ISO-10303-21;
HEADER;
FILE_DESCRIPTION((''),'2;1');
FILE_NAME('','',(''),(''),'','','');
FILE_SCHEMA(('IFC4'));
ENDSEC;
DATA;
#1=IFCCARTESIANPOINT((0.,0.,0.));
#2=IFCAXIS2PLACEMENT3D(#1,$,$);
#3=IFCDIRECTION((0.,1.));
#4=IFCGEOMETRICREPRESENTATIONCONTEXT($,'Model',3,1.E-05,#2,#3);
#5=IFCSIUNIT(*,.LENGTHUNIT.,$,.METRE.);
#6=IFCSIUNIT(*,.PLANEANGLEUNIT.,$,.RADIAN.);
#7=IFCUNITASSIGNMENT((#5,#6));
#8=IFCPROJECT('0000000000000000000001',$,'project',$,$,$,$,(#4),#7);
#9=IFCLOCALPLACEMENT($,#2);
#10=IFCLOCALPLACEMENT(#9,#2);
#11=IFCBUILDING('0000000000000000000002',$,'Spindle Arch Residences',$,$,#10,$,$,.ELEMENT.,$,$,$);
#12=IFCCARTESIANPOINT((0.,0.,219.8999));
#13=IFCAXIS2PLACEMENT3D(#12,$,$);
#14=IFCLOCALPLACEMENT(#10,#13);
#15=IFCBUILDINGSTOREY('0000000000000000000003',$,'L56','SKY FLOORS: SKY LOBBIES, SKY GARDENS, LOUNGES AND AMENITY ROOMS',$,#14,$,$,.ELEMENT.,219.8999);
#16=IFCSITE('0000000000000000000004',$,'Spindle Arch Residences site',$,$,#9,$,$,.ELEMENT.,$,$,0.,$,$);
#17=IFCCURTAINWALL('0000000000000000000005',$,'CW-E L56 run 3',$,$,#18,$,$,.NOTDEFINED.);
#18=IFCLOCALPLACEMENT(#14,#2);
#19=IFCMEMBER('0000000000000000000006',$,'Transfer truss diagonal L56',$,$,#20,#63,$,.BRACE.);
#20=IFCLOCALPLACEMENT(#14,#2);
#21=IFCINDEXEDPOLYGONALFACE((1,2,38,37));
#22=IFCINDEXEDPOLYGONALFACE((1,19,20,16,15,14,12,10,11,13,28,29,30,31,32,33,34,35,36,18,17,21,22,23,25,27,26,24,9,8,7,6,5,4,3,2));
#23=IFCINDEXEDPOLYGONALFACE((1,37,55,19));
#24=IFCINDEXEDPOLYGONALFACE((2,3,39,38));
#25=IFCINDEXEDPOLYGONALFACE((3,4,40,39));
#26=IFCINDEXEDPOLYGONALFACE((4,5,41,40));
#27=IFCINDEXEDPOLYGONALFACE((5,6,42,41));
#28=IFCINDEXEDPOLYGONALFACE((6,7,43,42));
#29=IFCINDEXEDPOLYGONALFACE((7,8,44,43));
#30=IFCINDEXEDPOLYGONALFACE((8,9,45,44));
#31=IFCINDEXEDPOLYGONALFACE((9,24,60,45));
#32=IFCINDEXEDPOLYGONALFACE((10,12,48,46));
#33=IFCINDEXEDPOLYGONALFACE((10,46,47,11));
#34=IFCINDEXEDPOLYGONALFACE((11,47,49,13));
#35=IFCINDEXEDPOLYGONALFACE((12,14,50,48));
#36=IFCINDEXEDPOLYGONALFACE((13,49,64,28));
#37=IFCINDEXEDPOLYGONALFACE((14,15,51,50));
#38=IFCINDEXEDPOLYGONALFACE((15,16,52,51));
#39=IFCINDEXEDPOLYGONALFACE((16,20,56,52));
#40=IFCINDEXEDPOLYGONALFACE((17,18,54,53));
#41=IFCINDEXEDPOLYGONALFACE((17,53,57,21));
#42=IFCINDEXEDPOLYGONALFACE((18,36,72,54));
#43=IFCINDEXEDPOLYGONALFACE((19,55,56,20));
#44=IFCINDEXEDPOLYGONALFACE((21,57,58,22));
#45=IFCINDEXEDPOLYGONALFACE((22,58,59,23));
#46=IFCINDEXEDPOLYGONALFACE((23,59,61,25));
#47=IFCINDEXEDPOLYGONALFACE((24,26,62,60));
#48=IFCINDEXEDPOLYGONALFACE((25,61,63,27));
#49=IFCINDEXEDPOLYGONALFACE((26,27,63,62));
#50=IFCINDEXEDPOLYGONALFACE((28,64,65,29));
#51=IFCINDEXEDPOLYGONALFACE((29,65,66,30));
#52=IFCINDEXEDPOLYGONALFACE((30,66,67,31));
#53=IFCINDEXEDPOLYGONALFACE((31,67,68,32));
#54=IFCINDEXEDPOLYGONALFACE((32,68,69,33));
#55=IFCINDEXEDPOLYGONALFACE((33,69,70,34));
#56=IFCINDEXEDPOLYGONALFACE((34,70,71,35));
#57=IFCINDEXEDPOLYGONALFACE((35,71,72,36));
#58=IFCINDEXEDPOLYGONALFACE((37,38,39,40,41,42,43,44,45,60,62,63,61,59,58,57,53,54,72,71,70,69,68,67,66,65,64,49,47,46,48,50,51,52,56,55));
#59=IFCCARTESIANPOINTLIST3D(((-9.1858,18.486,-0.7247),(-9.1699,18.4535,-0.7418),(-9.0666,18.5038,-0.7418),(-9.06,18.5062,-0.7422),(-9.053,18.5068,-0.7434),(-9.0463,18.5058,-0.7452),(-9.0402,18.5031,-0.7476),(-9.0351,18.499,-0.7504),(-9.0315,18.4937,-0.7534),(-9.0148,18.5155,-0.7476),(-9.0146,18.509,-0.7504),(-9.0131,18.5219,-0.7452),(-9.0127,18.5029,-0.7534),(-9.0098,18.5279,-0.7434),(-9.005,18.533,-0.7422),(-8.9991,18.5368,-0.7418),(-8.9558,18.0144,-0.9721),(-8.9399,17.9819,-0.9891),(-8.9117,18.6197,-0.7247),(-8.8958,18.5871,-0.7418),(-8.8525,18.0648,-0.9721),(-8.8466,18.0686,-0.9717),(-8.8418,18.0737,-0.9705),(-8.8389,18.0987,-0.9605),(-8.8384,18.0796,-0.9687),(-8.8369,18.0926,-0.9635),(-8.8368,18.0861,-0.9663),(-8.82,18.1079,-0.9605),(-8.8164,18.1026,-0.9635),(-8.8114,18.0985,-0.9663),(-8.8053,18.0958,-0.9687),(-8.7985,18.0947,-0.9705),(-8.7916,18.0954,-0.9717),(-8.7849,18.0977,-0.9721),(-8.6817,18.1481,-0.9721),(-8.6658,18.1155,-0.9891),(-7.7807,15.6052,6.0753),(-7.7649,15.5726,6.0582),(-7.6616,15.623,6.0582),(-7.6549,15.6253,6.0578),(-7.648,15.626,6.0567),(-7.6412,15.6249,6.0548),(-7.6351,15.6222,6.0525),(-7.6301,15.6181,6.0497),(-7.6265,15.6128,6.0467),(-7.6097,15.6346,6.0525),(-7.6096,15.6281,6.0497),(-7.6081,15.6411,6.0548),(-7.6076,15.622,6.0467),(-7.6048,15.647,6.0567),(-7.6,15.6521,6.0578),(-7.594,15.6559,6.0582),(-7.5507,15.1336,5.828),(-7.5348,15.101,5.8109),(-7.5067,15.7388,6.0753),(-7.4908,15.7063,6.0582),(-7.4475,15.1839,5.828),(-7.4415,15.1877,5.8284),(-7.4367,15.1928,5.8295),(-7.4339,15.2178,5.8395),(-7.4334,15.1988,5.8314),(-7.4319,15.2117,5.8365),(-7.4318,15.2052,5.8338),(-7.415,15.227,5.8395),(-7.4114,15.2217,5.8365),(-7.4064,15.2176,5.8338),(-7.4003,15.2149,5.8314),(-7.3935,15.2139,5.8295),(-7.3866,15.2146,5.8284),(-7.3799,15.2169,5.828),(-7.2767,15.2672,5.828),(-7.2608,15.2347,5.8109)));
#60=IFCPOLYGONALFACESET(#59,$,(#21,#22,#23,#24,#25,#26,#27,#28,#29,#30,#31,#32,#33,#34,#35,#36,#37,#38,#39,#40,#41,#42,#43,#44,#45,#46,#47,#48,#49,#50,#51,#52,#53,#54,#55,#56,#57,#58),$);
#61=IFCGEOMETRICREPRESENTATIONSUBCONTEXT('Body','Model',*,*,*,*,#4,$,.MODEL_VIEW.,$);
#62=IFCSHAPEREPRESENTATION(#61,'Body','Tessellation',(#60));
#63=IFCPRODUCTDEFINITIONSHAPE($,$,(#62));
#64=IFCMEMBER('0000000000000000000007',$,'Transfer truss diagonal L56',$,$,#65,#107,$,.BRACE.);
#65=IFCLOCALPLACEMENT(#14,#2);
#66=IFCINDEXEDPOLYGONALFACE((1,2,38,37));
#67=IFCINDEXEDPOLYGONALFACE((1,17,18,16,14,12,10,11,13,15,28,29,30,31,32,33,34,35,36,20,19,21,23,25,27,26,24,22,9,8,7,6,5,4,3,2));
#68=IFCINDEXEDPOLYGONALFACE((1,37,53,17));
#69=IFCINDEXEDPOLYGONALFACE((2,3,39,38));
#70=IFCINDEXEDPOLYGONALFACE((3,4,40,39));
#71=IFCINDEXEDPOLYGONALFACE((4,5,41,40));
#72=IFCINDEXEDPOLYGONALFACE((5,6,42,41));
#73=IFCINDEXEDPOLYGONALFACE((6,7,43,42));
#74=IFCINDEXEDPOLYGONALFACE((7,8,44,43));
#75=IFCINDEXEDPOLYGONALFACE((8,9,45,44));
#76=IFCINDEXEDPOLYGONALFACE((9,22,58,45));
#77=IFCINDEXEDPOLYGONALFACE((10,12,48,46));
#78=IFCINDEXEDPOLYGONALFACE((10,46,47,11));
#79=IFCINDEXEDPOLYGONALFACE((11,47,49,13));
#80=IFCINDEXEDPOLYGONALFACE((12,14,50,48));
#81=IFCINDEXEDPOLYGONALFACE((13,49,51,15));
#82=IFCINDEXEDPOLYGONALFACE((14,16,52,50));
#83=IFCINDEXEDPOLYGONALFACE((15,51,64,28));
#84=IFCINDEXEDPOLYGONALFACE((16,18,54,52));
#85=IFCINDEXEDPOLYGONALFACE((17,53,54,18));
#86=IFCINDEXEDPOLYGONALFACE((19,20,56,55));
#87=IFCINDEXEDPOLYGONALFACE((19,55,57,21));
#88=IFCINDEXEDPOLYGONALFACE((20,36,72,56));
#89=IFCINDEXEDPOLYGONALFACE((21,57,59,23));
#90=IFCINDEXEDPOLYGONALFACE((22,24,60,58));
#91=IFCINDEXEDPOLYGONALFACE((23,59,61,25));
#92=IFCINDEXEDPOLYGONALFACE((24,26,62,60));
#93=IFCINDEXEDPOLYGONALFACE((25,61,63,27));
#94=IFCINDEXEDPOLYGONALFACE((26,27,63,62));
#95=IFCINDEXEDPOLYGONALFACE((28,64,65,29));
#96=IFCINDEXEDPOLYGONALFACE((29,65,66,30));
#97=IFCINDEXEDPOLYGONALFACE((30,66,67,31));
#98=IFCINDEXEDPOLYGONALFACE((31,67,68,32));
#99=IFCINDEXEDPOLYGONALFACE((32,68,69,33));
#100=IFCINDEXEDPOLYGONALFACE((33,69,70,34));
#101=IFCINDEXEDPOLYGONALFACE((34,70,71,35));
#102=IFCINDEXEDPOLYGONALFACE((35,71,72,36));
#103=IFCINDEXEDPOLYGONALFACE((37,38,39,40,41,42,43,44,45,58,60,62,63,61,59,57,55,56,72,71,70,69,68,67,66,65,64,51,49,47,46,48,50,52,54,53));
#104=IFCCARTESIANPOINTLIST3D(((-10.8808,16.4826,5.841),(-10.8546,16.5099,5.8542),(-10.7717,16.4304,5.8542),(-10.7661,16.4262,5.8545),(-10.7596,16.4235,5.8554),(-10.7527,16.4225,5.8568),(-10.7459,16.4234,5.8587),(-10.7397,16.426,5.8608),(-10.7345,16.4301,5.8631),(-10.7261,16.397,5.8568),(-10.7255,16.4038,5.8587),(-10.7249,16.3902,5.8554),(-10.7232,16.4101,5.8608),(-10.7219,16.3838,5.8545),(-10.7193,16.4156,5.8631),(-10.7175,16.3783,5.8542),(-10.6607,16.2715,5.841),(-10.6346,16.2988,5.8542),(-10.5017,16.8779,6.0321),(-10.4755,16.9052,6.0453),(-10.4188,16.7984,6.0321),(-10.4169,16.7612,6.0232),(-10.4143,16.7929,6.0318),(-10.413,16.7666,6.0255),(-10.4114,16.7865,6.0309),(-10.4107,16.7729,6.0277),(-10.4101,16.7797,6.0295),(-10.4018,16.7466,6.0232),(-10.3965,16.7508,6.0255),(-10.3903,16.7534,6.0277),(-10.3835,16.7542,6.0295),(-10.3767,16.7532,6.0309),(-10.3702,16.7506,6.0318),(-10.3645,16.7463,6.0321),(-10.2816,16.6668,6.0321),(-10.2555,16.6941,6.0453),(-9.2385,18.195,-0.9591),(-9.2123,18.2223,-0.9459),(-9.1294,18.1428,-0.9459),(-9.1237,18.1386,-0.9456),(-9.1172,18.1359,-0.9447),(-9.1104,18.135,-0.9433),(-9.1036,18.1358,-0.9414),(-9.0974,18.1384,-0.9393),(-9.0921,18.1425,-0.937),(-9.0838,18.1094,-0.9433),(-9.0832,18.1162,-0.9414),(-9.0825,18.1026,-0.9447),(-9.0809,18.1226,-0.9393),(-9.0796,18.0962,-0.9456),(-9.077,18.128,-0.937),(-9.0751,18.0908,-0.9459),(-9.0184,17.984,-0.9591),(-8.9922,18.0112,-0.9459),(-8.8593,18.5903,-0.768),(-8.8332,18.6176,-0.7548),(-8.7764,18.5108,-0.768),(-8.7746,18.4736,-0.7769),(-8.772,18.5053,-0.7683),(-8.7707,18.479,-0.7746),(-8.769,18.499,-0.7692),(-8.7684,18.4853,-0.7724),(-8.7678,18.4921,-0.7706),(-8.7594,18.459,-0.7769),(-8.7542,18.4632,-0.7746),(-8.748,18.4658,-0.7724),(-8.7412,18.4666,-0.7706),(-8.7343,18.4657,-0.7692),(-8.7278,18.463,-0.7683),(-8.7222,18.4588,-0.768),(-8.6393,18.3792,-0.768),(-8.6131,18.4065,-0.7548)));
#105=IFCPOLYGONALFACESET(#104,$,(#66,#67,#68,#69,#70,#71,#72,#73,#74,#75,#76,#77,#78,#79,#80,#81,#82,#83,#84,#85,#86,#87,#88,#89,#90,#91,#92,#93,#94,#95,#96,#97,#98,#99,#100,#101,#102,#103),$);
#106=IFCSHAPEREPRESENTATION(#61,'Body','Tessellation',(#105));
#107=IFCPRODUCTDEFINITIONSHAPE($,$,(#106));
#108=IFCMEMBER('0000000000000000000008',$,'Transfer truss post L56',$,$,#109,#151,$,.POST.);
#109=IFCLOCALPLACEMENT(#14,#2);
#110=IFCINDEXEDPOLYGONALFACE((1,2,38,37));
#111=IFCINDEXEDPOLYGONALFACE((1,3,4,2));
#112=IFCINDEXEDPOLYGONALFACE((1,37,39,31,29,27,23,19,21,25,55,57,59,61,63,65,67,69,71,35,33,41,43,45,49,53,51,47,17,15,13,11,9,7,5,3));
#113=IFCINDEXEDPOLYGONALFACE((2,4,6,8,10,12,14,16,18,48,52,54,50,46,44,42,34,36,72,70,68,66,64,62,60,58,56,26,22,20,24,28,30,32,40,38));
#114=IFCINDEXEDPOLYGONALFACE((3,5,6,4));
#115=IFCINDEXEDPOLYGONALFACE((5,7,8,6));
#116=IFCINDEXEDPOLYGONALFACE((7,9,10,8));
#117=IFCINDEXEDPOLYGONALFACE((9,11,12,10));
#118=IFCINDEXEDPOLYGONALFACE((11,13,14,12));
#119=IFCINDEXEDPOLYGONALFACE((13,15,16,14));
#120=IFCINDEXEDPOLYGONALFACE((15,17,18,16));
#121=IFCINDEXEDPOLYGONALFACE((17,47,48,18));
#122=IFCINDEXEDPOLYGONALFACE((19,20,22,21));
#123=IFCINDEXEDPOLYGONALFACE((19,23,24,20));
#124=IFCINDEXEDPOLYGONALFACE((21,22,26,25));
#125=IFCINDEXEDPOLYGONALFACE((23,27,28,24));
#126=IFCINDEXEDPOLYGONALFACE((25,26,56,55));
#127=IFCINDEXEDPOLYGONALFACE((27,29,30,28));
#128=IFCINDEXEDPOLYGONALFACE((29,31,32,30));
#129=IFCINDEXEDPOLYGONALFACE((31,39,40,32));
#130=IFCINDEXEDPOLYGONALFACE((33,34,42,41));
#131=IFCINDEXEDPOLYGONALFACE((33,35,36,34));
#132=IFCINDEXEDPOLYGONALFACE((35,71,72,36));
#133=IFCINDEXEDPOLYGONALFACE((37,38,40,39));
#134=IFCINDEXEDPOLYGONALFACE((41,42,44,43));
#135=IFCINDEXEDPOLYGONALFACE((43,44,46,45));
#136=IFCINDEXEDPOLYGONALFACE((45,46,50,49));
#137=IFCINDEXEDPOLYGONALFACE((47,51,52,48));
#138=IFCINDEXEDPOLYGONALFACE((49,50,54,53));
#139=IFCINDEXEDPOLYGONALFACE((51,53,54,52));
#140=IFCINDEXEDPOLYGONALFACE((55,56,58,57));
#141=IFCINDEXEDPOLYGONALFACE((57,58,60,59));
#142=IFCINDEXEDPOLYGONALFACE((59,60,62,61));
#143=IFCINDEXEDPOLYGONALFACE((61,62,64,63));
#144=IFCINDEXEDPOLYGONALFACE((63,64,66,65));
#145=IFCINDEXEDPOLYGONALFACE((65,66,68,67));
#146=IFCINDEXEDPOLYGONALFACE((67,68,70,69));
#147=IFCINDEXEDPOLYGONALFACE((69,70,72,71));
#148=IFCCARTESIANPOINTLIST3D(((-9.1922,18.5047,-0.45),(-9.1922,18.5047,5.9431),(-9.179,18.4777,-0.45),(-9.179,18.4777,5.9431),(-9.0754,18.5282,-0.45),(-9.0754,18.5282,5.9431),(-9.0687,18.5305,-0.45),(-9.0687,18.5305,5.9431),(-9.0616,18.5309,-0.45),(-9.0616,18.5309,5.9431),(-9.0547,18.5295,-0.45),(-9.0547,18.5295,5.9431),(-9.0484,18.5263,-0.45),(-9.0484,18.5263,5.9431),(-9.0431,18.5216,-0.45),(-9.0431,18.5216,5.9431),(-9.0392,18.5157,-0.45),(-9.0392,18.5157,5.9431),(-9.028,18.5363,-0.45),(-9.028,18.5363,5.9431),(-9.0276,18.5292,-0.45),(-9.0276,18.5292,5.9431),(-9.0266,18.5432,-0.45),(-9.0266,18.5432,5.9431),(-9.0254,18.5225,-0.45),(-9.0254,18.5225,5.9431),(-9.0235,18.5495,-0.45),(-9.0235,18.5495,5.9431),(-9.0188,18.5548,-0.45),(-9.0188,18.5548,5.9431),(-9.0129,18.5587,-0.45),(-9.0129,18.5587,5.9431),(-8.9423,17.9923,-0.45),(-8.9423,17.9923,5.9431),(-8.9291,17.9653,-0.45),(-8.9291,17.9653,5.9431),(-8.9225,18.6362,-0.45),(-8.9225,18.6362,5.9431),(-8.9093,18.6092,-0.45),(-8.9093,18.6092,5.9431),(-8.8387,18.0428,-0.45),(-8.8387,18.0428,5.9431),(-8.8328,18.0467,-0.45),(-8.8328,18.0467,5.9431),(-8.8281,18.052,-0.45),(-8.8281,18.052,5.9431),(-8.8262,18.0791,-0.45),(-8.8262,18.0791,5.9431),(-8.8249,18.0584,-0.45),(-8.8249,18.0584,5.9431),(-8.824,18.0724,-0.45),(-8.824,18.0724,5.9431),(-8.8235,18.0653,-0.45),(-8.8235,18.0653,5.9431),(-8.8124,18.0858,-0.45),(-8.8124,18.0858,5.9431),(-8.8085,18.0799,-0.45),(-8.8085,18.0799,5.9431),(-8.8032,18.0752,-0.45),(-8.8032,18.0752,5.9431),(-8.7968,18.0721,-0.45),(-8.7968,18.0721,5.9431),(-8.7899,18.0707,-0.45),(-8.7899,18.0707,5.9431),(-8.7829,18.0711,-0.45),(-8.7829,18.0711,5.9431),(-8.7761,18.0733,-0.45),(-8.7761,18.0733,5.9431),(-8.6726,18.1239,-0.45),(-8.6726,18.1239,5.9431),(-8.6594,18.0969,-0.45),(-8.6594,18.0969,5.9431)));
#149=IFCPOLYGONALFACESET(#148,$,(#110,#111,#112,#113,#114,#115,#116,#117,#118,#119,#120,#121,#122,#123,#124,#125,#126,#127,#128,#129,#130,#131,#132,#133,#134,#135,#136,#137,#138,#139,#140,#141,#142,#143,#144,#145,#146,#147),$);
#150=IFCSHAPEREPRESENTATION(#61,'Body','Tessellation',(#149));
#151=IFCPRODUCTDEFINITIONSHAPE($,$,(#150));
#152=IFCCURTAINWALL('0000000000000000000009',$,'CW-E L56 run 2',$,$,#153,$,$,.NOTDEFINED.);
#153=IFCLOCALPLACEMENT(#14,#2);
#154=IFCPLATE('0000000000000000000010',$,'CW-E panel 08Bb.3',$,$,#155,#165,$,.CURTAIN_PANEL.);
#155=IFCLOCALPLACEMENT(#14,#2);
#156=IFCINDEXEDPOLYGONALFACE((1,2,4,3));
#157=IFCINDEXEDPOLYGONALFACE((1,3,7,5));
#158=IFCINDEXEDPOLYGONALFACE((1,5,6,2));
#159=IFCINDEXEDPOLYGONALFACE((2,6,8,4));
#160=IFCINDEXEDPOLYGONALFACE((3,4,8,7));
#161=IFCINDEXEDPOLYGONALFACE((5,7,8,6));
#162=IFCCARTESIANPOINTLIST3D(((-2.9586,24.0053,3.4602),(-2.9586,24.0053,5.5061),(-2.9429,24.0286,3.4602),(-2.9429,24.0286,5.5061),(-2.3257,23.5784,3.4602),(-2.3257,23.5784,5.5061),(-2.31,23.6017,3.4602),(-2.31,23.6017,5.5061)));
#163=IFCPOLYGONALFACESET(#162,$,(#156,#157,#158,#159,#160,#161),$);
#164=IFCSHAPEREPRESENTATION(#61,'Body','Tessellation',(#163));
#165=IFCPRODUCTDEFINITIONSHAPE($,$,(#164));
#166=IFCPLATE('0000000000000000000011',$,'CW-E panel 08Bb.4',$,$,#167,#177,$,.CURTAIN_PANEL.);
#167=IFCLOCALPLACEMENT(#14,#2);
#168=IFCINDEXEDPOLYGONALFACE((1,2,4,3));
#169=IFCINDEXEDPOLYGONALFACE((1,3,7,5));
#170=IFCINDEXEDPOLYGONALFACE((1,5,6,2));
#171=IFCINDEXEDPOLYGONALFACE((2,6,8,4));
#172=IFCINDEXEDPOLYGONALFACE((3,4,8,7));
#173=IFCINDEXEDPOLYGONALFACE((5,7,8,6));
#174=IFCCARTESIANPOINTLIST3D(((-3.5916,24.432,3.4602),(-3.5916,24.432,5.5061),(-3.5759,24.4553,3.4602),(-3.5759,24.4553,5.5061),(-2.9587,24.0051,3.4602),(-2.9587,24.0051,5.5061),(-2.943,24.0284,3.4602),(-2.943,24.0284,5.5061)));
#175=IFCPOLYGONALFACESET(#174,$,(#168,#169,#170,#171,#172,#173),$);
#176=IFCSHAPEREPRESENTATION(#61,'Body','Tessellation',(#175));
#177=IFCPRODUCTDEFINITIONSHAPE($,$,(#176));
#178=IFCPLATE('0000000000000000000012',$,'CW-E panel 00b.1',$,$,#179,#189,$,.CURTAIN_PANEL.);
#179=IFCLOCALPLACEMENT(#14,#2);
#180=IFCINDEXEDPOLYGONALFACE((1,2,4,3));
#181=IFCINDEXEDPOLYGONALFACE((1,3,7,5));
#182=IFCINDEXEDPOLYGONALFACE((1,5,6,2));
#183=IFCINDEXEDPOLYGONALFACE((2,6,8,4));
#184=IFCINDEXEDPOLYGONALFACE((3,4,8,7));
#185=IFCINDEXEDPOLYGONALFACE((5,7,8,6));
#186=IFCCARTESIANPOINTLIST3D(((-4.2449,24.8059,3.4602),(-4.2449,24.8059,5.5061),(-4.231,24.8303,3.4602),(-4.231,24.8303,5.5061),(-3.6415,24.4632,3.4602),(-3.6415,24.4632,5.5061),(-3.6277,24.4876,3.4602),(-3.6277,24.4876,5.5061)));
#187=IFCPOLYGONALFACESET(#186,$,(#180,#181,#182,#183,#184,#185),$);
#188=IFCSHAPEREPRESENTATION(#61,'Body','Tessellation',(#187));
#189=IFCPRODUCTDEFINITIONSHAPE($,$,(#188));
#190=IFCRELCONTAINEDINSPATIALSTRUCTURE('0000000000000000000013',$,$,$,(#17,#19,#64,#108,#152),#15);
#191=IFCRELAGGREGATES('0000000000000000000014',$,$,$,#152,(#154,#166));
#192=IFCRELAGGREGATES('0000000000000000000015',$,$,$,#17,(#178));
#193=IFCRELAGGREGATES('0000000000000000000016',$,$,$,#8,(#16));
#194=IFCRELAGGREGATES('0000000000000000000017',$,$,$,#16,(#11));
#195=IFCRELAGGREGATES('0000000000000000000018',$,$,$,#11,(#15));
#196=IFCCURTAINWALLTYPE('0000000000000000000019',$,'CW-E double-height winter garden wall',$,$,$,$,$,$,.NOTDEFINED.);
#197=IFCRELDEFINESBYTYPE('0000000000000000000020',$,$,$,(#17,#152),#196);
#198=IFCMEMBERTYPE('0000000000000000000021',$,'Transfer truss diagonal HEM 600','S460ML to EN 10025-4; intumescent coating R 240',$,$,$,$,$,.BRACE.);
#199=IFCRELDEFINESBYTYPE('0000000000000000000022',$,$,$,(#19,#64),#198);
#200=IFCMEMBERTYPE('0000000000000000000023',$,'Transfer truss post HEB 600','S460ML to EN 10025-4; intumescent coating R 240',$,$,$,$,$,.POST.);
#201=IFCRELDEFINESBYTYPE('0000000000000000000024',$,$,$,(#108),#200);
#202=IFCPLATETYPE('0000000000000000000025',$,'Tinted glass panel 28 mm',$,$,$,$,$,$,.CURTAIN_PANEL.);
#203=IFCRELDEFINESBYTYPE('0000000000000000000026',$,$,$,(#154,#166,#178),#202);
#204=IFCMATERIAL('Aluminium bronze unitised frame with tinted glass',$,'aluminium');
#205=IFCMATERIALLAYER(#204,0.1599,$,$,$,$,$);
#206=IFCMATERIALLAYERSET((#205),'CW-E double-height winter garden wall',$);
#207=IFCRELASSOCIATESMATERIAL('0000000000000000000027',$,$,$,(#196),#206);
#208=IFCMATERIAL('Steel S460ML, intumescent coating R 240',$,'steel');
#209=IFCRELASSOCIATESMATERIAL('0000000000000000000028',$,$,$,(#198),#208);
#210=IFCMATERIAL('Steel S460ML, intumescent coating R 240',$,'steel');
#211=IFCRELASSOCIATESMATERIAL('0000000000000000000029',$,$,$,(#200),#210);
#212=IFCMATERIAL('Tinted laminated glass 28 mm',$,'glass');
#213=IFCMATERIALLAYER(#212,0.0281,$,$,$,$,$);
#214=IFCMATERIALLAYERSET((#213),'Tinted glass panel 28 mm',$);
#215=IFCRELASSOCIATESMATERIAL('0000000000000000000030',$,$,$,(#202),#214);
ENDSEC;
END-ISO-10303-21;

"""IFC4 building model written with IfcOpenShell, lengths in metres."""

from ifc_helpers import new_model, si_unit, direction, frame, origin, origin_2d, place, context, subcontext, project, spatial, rectangle, i_section, extrude, material, layer, layer_set, material_profile, profile_set, type_object, element, aggregate, save


model = new_model("IFC4")

# Units and contexts
model_context = context("Model", 3, precision=1e-05, world=origin(), true_north=direction((0.0, 1.0)))
body_context = subcontext(model_context, "Body", "Model", "MODEL_VIEW")
ifc_project = project(units=[si_unit("LENGTHUNIT", "METRE"), si_unit("PLANEANGLEUNIT", "RADIAN")], contexts=[model_context])

# Site, building, storey
site_placement = place(None, origin())
site = spatial("IfcSite", under=ifc_project, at=site_placement, Name="Spindle Arch Residences site", CompositionType="ELEMENT", RefElevation=0.0)
building_placement = place(site_placement, origin())
building = spatial("IfcBuilding", under=site, at=building_placement, Name="Spindle Arch Residences", CompositionType="ELEMENT")
storey_placement = place(building_placement, frame((0.0, 0.0, 219.8999)))
storey = spatial("IfcBuildingStorey", under=building, at=storey_placement, Name="L56", Description="SKY FLOORS: SKY LOBBIES, SKY GARDENS, LOUNGES AND AMENITY ROOMS", CompositionType="ELEMENT", Elevation=219.8999)

# Curtain wall
ifc_material_1 = material(Name="Aluminium bronze unitised frame with tinted glass", Category="aluminium")
ifc_layer_1 = layer(ifc_material_1, 0.1599)
ifc_layer_set_1 = layer_set([ifc_layer_1], Name="CW-E double-height winter garden wall")
curtain_wall_type = type_object("IfcCurtainWallType", Name="CW-E double-height winter garden wall", PredefinedType="NOTDEFINED", material=ifc_layer_set_1)
curtain_wall_1_placement = place(storey_placement, origin())
curtain_wall_1 = element("IfcCurtainWall", 1, at=curtain_wall_1_placement, inside=storey, type_object=curtain_wall_type, Name="CW-E L56 run 3", PredefinedType="NOTDEFINED")

# Members
ifc_material_2 = material(Name="Steel S460ML, intumescent coating R 240", Category="steel")
ifc_material_profile_1 = material_profile(ifc_material_2, i_section(OverallWidth=0.3049, OverallDepth=0.6201, WebThickness=0.021, FlangeThickness=0.04, FilletRadius=0.0271, at=origin_2d()), Name="HEM 600")
ifc_profile_set_1 = profile_set([ifc_material_profile_1], Name="Steel S460ML, intumescent coating R 240")
member_type_1 = type_object("IfcMemberType", Name="Transfer truss diagonal HEM 600", Description="S460ML to EN 10025-4; intumescent coating R 240", PredefinedType="BRACE", material=ifc_profile_set_1)
member_1_placement = place(storey_placement, frame((-8.9258, 18.3008, -0.8569), z_axis=(0.186899, -0.383216, 0.904552), x_axis=(0.898801, 0.438356, 0.0)))
element("IfcMember", 2, at=member_1_placement, inside=storey, type_object=member_type_1, Name="Transfer truss diagonal L56", PredefinedType="BRACE", context=body_context, shape_type="SweptSolid", body=[
    extrude(i_section(OverallWidth=0.3049, OverallDepth=0.6201, WebThickness=0.021, FlangeThickness=0.04, FilletRadius=0.0271, at=origin_2d()), origin(), (0.0, 0.0, 1.0), 7.5176),
])
member_2_placement = place(storey_placement, frame((-8.9258, 18.3008, -0.8569), z_axis=(-0.228035, -0.237764, 0.944176), x_axis=(0.721718, -0.692187, 0.0)))
element("IfcMember", 3, at=member_2_placement, inside=storey, type_object=member_type_1, Name="Transfer truss diagonal L56", PredefinedType="BRACE", context=body_context, shape_type="SweptSolid", body=[
    extrude(i_section(OverallWidth=0.3049, OverallDepth=0.6201, WebThickness=0.021, FlangeThickness=0.04, FilletRadius=0.0271, at=origin_2d()), origin(), (0.0, 0.0, 1.0), 7.2021),
])
ifc_material_3 = material(Name="Steel S460ML, intumescent coating R 240", Category="steel")
ifc_material_profile_2 = material_profile(ifc_material_3, i_section(OverallWidth=0.3, OverallDepth=0.6001, WebThickness=0.0154, FlangeThickness=0.03, FilletRadius=0.0271, at=origin_2d()), Name="HEB 600")
ifc_profile_set_2 = profile_set([ifc_material_profile_2], Name="Steel S460ML, intumescent coating R 240")
member_type_2 = type_object("IfcMemberType", Name="Transfer truss post HEB 600", Description="S460ML to EN 10025-4; intumescent coating R 240", PredefinedType="POST", material=ifc_profile_set_2)
member_3_placement = place(storey_placement, frame((-8.9258, 18.3008, -0.45), z_axis=(0.0, 0.0, 1.0), x_axis=(0.898794, 0.438371, 0.0)))
element("IfcMember", 4, at=member_3_placement, inside=storey, type_object=member_type_2, Name="Transfer truss post L56", PredefinedType="POST", context=body_context, shape_type="SweptSolid", body=[
    extrude(i_section(OverallWidth=0.3, OverallDepth=0.6001, WebThickness=0.0154, FlangeThickness=0.03, FilletRadius=0.0271, at=origin_2d()), origin(), (0.0, 0.0, 1.0), 6.3931),
])

# Curtain wall, plates
curtain_wall_2_placement = place(storey_placement, origin())
curtain_wall_2 = element("IfcCurtainWall", 5, at=curtain_wall_2_placement, inside=storey, type_object=curtain_wall_type, Name="CW-E L56 run 2", PredefinedType="NOTDEFINED")
ifc_material_4 = material(Name="Tinted laminated glass 28 mm", Category="glass")
ifc_layer_2 = layer(ifc_material_4, 0.0281)
ifc_layer_set_2 = layer_set([ifc_layer_2], Name="Tinted glass panel 28 mm")
plate_type_1 = type_object("IfcPlateType", Name="Tinted glass panel 28 mm", PredefinedType="CURTAIN_PANEL", material=ifc_layer_set_2)
plate_1_placement = place(storey_placement, frame((-2.6343, 23.8035, 3.4602), z_axis=(0.0, 0.0, 1.0), x_axis=(-0.829038, 0.559193, 0.0)))
plate_1 = element("IfcPlate", 6, at=plate_1_placement, type_object=plate_type_1, Name="CW-E panel 08Bb.3", PredefinedType="CURTAIN_PANEL", context=body_context, shape_type="SweptSolid", body=[
    extrude(rectangle(XDim=0.7634, YDim=0.0281, at=origin_2d()), origin(), (0.0, 0.0, 1.0), 2.0459),
])
plate_2_placement = place(storey_placement, frame((-3.2673, 24.2302, 3.4602), z_axis=(0.0, 0.0, 1.0), x_axis=(-0.829038, 0.559193, 0.0)))
plate_2 = element("IfcPlate", 7, at=plate_2_placement, type_object=plate_type_1, Name="CW-E panel 08Bb.4", PredefinedType="CURTAIN_PANEL", context=body_context, shape_type="SweptSolid", body=[
    extrude(rectangle(XDim=0.7634, YDim=0.0281, at=origin_2d()), origin(), (0.0, 0.0, 1.0), 2.0459),
])

# Plate
plate_3_placement = place(storey_placement, frame((-3.9363, 24.6467, 3.4602), z_axis=(0.0, 0.0, 1.0), x_axis=(-0.869539, 0.493865, 0.0)))
plate_3 = element("IfcPlate", 8, at=plate_3_placement, type_object=plate_type_1, Name="CW-E panel 00b.1", PredefinedType="CURTAIN_PANEL", context=body_context, shape_type="SweptSolid", body=[
    extrude(rectangle(XDim=0.6938, YDim=0.0281, at=origin_2d()), origin(), (0.0, 0.0, 1.0), 2.0459),
])
aggregate(curtain_wall_2, [plate_1, plate_2])
aggregate(curtain_wall_1, [plate_3])

save(model, "model.ifc")
